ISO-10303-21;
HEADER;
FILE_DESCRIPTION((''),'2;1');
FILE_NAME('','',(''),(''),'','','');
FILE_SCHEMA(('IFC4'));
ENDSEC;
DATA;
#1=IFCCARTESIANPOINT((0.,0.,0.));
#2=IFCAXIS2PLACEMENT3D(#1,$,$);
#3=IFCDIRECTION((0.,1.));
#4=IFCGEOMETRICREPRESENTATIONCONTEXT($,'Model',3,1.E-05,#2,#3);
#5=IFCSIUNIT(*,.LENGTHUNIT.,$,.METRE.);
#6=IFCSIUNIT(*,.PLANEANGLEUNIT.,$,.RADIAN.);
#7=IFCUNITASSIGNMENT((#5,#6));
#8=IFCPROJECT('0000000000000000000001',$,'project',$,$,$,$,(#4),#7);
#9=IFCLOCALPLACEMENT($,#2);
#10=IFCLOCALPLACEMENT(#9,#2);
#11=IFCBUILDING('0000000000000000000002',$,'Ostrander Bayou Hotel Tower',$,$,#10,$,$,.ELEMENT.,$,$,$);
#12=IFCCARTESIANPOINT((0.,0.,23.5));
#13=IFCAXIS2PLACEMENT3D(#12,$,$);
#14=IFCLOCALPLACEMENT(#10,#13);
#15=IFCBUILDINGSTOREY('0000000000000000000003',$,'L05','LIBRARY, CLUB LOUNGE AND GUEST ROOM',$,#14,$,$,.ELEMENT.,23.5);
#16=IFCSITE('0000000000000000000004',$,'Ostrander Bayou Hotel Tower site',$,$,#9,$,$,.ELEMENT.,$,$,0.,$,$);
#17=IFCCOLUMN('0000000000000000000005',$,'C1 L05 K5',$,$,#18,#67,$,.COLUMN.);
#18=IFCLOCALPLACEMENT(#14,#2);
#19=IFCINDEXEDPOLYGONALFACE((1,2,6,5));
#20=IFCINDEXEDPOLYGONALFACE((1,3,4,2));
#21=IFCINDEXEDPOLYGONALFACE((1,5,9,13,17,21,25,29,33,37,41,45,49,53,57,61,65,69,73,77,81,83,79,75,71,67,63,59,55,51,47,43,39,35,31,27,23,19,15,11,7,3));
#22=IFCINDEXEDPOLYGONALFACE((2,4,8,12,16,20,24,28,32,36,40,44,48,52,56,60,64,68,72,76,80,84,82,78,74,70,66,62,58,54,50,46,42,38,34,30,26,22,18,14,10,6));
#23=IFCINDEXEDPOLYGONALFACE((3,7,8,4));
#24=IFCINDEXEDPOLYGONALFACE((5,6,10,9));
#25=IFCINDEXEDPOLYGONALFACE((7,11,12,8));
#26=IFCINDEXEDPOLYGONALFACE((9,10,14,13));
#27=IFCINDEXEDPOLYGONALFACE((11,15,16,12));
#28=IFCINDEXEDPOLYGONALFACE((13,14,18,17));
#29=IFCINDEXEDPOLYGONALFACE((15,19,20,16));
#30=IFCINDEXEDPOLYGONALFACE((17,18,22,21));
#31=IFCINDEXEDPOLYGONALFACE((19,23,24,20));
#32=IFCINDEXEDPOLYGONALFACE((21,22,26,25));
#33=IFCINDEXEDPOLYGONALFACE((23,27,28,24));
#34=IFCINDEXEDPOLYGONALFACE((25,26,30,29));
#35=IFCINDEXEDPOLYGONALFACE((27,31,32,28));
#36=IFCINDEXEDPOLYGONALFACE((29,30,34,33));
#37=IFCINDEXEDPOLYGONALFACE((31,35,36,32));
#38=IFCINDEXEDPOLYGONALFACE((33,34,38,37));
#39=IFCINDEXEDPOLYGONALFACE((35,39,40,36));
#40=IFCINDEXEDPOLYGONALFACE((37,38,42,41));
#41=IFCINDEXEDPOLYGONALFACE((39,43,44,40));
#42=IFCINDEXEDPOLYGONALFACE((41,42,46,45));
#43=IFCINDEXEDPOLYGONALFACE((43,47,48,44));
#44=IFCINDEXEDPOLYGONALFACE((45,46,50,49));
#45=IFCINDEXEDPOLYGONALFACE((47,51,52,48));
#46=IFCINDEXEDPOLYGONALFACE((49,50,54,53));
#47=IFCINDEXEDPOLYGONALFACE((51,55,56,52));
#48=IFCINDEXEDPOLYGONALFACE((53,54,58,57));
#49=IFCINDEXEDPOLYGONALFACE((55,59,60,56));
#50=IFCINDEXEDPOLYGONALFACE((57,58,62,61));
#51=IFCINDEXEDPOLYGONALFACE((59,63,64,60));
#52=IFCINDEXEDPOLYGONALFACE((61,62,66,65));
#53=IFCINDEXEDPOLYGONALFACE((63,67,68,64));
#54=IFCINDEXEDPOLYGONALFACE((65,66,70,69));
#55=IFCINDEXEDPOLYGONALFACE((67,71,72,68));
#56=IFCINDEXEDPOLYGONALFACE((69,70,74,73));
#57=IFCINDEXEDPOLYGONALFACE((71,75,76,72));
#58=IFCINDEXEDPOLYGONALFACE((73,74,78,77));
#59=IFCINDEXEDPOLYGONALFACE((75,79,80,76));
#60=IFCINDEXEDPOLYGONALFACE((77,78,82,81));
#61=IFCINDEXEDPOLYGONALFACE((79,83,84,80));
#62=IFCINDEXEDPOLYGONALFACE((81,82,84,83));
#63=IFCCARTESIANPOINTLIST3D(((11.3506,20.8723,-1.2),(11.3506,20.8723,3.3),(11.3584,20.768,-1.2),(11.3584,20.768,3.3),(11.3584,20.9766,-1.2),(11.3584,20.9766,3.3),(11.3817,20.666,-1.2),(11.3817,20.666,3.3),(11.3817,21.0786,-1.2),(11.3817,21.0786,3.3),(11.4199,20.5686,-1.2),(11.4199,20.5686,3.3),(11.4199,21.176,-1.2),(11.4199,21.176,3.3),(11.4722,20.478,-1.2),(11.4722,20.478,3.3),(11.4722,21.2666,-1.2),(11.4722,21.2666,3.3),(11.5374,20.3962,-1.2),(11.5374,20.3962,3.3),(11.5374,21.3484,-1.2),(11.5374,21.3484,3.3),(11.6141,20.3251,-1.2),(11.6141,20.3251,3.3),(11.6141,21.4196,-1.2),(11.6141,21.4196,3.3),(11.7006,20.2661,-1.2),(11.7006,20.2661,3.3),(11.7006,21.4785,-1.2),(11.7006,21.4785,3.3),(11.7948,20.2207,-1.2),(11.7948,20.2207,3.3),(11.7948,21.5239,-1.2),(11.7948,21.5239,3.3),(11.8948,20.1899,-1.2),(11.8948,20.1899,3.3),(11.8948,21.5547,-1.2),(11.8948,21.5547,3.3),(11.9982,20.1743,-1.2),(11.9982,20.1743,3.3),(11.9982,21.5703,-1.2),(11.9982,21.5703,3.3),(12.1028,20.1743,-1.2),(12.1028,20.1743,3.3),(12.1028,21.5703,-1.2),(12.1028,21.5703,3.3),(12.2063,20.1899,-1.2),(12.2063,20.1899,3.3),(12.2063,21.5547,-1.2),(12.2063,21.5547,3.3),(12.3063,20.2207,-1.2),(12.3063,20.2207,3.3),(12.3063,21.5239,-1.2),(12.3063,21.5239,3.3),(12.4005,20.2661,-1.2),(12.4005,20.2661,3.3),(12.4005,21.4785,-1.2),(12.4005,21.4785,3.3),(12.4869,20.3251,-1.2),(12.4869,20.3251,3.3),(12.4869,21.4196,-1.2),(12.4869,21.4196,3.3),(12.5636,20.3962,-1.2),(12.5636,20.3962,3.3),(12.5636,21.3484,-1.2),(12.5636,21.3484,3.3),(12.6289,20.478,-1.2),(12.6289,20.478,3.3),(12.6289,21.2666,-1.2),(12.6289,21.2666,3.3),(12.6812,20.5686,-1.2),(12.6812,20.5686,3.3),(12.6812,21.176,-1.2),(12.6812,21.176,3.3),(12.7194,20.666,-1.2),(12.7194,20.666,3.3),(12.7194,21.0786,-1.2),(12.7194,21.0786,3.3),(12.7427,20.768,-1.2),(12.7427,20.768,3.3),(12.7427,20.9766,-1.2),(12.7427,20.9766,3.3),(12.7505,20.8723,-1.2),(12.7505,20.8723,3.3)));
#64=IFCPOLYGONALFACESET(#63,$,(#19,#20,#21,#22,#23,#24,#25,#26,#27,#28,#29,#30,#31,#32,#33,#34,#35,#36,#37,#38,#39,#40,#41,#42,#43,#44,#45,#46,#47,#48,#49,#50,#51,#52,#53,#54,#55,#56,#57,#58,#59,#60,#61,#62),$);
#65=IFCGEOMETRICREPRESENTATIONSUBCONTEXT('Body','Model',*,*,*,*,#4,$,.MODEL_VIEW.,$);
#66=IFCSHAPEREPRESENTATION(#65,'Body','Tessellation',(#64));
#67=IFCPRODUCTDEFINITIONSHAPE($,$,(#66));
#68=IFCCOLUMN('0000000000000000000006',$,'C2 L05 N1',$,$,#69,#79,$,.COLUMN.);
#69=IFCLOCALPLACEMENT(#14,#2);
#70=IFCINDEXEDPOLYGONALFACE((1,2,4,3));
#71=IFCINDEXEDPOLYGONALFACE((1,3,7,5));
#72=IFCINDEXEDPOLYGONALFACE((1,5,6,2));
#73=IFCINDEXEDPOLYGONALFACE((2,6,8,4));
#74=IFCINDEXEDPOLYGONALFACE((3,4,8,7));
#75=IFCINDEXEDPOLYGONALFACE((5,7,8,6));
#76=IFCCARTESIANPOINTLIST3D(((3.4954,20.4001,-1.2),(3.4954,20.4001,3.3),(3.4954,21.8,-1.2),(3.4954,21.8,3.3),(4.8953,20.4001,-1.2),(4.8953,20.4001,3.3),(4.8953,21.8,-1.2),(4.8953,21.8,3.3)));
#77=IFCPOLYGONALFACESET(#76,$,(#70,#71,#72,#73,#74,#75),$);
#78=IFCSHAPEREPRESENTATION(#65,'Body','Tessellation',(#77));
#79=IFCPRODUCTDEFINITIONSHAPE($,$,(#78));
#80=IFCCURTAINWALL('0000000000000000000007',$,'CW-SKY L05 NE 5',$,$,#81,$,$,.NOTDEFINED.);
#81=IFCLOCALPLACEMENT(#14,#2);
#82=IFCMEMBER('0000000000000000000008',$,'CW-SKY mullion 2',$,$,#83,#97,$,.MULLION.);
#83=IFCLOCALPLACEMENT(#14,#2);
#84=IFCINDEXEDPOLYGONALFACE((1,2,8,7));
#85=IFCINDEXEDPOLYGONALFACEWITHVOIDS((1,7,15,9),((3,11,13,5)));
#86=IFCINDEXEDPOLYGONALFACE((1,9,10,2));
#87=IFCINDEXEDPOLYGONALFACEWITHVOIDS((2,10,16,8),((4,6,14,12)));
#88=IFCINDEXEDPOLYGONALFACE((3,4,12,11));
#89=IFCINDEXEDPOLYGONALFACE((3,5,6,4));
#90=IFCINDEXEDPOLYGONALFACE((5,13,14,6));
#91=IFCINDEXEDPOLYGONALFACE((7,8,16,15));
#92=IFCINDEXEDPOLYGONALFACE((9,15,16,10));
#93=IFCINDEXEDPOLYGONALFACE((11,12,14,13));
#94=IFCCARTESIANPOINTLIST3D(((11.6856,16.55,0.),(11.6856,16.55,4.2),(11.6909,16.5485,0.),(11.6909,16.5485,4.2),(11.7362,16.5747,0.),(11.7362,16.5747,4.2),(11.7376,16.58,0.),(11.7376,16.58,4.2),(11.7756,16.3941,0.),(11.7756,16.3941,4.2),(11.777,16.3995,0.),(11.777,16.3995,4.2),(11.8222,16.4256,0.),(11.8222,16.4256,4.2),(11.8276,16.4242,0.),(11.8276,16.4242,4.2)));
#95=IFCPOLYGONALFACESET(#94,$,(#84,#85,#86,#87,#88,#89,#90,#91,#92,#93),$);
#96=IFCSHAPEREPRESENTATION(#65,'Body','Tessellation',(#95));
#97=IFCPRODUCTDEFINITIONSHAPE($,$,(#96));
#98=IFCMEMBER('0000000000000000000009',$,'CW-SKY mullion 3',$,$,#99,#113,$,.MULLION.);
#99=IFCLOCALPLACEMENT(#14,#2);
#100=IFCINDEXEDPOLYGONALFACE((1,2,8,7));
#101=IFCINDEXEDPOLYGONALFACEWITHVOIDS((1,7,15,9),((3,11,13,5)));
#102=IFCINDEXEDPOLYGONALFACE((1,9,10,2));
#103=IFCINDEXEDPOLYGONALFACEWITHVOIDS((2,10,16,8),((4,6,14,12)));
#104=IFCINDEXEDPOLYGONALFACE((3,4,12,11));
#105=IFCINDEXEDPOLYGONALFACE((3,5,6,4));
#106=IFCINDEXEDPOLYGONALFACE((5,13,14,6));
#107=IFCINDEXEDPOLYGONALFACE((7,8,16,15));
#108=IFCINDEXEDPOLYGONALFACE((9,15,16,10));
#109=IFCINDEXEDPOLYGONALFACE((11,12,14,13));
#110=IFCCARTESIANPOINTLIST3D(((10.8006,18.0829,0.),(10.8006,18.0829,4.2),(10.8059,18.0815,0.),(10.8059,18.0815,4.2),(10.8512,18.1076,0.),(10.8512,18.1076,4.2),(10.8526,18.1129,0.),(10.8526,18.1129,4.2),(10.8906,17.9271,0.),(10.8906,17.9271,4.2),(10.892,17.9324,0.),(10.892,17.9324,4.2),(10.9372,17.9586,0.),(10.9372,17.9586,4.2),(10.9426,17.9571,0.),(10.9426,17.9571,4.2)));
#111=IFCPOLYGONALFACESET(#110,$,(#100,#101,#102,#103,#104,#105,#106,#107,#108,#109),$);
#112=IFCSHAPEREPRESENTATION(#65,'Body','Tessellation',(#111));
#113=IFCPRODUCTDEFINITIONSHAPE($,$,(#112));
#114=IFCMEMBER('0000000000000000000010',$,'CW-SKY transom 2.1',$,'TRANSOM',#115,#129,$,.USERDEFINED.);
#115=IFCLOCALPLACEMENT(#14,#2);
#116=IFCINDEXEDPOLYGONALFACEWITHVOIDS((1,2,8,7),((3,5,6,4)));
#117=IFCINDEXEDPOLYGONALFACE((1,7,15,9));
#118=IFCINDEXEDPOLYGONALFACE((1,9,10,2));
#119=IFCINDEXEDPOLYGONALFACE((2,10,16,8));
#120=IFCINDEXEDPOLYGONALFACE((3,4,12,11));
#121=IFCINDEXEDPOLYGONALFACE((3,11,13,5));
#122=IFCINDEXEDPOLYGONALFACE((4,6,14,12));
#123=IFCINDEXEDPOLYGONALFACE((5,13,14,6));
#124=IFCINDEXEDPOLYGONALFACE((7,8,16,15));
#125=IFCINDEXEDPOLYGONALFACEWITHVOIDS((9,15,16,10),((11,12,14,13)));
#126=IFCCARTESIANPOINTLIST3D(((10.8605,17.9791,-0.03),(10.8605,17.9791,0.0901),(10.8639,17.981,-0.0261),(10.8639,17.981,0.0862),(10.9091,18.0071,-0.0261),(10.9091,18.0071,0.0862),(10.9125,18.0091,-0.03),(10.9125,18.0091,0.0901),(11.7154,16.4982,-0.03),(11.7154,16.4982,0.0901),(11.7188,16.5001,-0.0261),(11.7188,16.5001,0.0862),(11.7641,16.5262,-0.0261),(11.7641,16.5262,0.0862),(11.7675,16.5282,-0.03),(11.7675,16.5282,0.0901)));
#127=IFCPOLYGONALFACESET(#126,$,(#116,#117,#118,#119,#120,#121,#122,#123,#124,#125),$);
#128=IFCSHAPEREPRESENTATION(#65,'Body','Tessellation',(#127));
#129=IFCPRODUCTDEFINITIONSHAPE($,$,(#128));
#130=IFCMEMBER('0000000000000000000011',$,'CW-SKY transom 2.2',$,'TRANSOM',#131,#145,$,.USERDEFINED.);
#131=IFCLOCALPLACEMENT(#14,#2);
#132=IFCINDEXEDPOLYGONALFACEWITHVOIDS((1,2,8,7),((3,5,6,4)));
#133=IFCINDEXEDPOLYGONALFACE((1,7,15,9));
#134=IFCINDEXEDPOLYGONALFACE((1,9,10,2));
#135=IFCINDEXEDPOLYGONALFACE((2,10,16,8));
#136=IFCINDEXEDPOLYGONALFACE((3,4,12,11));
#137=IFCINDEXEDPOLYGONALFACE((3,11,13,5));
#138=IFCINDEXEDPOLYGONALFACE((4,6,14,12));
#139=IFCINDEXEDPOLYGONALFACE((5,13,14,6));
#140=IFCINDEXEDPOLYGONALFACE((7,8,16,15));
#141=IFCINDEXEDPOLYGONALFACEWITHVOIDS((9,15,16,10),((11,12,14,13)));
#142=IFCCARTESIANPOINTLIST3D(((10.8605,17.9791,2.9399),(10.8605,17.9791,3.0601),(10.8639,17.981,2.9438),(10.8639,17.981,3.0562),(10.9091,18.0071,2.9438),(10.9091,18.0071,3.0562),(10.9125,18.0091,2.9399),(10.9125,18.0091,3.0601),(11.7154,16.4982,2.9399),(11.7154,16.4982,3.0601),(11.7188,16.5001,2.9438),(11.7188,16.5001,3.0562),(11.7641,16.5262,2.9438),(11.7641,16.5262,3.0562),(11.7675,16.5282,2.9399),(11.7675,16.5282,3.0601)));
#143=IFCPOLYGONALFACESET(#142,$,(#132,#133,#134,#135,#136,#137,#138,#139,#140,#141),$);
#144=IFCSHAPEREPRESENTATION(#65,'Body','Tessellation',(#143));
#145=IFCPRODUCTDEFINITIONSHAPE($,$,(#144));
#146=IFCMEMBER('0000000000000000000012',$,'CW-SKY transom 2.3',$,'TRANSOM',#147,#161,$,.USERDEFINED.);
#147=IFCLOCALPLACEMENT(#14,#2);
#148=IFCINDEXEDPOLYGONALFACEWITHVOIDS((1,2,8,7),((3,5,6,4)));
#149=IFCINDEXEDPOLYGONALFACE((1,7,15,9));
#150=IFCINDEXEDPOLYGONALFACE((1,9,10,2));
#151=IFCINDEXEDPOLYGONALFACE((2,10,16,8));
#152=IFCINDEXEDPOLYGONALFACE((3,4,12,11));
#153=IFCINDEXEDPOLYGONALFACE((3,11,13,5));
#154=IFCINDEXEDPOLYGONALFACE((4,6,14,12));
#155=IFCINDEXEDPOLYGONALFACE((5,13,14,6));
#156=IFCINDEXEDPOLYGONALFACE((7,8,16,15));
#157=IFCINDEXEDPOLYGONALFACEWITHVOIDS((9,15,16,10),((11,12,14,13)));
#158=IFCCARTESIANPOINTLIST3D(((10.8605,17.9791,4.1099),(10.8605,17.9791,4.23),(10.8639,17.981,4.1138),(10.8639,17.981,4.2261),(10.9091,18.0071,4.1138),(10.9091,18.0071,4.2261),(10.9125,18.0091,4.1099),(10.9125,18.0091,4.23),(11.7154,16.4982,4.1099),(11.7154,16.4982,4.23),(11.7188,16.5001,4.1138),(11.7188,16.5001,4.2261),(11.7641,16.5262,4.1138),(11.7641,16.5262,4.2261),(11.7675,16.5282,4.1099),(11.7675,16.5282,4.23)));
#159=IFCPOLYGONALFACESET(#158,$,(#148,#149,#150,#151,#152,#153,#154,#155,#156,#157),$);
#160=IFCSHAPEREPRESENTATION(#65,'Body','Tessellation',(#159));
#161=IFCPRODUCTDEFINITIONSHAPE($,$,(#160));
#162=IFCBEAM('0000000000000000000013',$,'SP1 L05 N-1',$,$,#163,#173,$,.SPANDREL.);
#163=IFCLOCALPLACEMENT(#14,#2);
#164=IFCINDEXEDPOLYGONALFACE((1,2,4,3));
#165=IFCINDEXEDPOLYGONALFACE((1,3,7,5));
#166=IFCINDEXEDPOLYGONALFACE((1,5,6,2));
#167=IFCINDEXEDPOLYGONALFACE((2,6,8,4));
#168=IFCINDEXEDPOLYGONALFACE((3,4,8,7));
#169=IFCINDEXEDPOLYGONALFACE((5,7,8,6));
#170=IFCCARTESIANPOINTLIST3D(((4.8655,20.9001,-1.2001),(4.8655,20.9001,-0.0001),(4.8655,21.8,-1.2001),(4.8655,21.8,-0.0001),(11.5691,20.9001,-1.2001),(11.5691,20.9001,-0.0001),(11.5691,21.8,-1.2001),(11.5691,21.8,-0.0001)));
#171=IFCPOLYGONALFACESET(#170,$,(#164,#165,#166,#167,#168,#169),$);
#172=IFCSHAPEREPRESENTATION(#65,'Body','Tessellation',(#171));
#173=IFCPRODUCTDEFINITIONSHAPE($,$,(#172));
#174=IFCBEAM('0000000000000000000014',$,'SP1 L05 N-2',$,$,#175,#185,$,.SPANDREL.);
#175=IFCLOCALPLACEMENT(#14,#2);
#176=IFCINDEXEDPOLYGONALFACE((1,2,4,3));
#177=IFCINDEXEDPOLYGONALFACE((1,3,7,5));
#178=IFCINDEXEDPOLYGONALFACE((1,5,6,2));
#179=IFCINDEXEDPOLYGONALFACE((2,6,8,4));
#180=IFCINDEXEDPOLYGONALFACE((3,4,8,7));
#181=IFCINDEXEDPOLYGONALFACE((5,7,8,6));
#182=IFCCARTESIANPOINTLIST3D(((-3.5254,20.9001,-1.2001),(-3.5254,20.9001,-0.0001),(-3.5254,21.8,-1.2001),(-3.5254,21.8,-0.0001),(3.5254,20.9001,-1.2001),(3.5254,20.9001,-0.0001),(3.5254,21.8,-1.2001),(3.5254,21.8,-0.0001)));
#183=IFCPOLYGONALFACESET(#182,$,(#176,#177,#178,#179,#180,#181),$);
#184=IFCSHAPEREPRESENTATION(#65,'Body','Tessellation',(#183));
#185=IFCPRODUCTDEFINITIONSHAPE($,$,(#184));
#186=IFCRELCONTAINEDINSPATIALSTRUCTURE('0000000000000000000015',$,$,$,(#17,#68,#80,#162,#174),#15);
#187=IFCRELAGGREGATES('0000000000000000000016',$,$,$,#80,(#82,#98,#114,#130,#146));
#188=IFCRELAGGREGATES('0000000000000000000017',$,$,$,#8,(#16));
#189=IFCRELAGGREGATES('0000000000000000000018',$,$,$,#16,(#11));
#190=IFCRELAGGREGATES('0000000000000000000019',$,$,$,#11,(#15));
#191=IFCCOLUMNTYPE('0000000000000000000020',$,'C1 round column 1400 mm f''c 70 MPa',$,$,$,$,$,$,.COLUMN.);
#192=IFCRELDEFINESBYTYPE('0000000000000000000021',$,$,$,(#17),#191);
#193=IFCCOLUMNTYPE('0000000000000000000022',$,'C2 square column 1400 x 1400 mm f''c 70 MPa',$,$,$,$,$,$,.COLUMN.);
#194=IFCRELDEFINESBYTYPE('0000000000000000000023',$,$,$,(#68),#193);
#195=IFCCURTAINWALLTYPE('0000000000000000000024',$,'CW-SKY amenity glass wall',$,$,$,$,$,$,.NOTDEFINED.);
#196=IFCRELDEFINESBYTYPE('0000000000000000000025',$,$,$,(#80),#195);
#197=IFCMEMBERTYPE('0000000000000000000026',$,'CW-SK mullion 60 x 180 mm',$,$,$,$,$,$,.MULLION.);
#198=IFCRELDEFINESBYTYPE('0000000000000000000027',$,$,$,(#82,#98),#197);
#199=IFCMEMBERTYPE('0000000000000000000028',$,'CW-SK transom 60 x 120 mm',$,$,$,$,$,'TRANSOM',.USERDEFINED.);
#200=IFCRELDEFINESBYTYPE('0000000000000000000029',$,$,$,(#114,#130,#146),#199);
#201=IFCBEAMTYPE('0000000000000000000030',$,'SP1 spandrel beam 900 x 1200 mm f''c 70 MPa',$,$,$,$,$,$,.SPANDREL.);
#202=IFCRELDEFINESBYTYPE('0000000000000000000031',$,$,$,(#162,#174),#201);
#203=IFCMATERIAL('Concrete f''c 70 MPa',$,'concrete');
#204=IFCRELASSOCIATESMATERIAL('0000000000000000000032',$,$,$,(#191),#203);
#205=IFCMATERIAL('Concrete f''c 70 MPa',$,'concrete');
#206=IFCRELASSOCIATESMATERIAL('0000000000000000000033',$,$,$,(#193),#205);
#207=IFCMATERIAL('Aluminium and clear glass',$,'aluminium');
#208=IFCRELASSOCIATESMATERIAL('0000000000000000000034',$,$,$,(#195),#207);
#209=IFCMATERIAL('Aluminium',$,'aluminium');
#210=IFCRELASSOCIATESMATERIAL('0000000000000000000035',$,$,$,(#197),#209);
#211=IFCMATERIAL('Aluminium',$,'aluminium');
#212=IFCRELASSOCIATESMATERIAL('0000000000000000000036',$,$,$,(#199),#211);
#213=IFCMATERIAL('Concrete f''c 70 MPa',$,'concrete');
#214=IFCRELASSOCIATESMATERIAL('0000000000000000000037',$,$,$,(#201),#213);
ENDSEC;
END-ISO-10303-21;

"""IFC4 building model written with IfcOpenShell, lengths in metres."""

from ifc_helpers import new_model, si_unit, direction, frame, origin, origin_2d, place, context, subcontext, project, spatial, rectangle, hollow_rectangle, circle, extrude, material, material_profile, profile_set, type_object, element, aggregate, save


model = new_model("IFC4")

# Units and contexts
model_context = context("Model", 3, precision=1e-05, world=origin(), true_north=direction((0.0, 1.0)))
body_context = subcontext(model_context, "Body", "Model", "MODEL_VIEW")
ifc_project = project(units=[si_unit("LENGTHUNIT", "METRE"), si_unit("PLANEANGLEUNIT", "RADIAN")], contexts=[model_context])

# Site, building, storey
site_placement = place(None, origin())
site = spatial("IfcSite", under=ifc_project, at=site_placement, Name="Ostrander Bayou Hotel Tower site", CompositionType="ELEMENT", RefElevation=0.0)
building_placement = place(site_placement, origin())
building = spatial("IfcBuilding", under=site, at=building_placement, Name="Ostrander Bayou Hotel Tower", CompositionType="ELEMENT")
storey_placement = place(building_placement, frame((0.0, 0.0, 23.5)))
storey = spatial("IfcBuildingStorey", under=building, at=storey_placement, Name="L05", Description="LIBRARY, CLUB LOUNGE AND GUEST ROOM", CompositionType="ELEMENT", Elevation=23.5)

# Columns
ifc_material_1 = material(Name="Concrete f'c 70 MPa", Category="concrete")
ifc_material_profile_1 = material_profile(ifc_material_1, circle(Radius=0.7, at=origin_2d()))
ifc_profile_set_1 = profile_set([ifc_material_profile_1], Name="Concrete f'c 70 MPa")
column_type_1 = type_object("IfcColumnType", Name="C1 round column 1400 mm f'c 70 MPa", PredefinedType="COLUMN", material=ifc_profile_set_1)
column_1_placement = place(storey_placement, frame((12.0505, 20.8723, -1.2), z_axis=(0.0, 0.0, 1.0), x_axis=(1.0, 0.0, 0.0)))
element("IfcColumn", 1, at=column_1_placement, inside=storey, type_object=column_type_1, Name="C1 L05 K5", PredefinedType="COLUMN", context=body_context, shape_type="SweptSolid", body=[
    extrude(circle(Radius=0.7, at=origin_2d()), origin(), (0.0, 0.0, 1.0), 4.5),
])
ifc_material_2 = material(Name="Concrete f'c 70 MPa", Category="concrete")
ifc_material_profile_2 = material_profile(ifc_material_2, rectangle(XDim=1.3999, YDim=1.3999, at=origin_2d()))
ifc_profile_set_2 = profile_set([ifc_material_profile_2], Name="Concrete f'c 70 MPa")
column_type_2 = type_object("IfcColumnType", Name="C2 square column 1400 x 1400 mm f'c 70 MPa", PredefinedType="COLUMN", material=ifc_profile_set_2)
column_2_placement = place(storey_placement, frame((4.1953, 21.1001, -1.2), z_axis=(0.0, 0.0, 1.0), x_axis=(1.0, 0.0, 0.0)))
element("IfcColumn", 2, at=column_2_placement, inside=storey, type_object=column_type_2, Name="C2 L05 N1", PredefinedType="COLUMN", context=body_context, shape_type="SweptSolid", body=[
    extrude(rectangle(XDim=1.3999, YDim=1.3999, at=origin_2d()), origin(), (0.0, 0.0, 1.0), 4.5),
])

# Curtain wall, members
ifc_material_3 = material(Name="Aluminium and clear glass", Category="aluminium")
curtain_wall_type = type_object("IfcCurtainWallType", Name="CW-SKY amenity glass wall", PredefinedType="NOTDEFINED", material=ifc_material_3)
curtain_wall_placement = place(storey_placement, origin())
curtain_wall = element("IfcCurtainWall", 3, at=curtain_wall_placement, inside=storey, type_object=curtain_wall_type, Name="CW-SKY L05 NE 5", PredefinedType="NOTDEFINED")
ifc_material_4 = material(Name="Aluminium", Category="aluminium")
ifc_material_profile_3 = material_profile(ifc_material_4, hollow_rectangle(XDim=0.0601, YDim=0.1799, WallThickness=0.0039, at=origin_2d()))
ifc_profile_set_3 = profile_set([ifc_material_profile_3], Name="Aluminium")
member_type_1 = type_object("IfcMemberType", Name="CW-SK mullion 60 x 180 mm", PredefinedType="MULLION", material=ifc_profile_set_3)
member_1_placement = place(storey_placement, frame((11.7566, 16.4871, 0.0), z_axis=(0.0, 0.0, 1.0), x_axis=(-0.866026, -0.499999, 0.0)))
member_1 = element("IfcMember", 4, at=member_1_placement, type_object=member_type_1, Name="CW-SKY mullion 2", PredefinedType="MULLION", context=body_context, shape_type="SweptSolid", body=[
    extrude(hollow_rectangle(XDim=0.0601, YDim=0.1799, WallThickness=0.0039, at=origin_2d()), origin(), (0.0, 0.0, 1.0), 4.2),
])
member_2_placement = place(storey_placement, frame((10.8716, 18.02, 0.0), z_axis=(0.0, 0.0, 1.0), x_axis=(-0.866026, -0.499999, 0.0)))
member_2 = element("IfcMember", 5, at=member_2_placement, type_object=member_type_1, Name="CW-SKY mullion 3", PredefinedType="MULLION", context=body_context, shape_type="SweptSolid", body=[
    extrude(hollow_rectangle(XDim=0.0601, YDim=0.1799, WallThickness=0.0039, at=origin_2d()), origin(), (0.0, 0.0, 1.0), 4.2),
])
ifc_material_5 = material(Name="Aluminium", Category="aluminium")
ifc_material_profile_4 = material_profile(ifc_material_5, hollow_rectangle(XDim=0.0601, YDim=0.1201, WallThickness=0.0039, at=origin_2d()))
ifc_profile_set_4 = profile_set([ifc_material_profile_4], Name="Aluminium")
member_type_2 = type_object("IfcMemberType", Name="CW-SK transom 60 x 120 mm", ElementType="TRANSOM", PredefinedType="USERDEFINED", material=ifc_profile_set_4)
member_3_placement = place(storey_placement, frame((11.7415, 16.5132, 0.03), z_axis=(-0.499978, 0.866038, 0.0), x_axis=(-0.866038, -0.499978, 0.0)))
member_3 = element("IfcMember", 6, at=member_3_placement, type_object=member_type_2, Name="CW-SKY transom 2.1", ObjectType="TRANSOM", PredefinedType="USERDEFINED", context=body_context, shape_type="SweptSolid", body=[
    extrude(hollow_rectangle(XDim=0.0601, YDim=0.1201, WallThickness=0.0039, at=origin_2d()), origin(), (0.0, 0.0, 1.0), 1.71),
])
member_4_placement = place(storey_placement, frame((11.7415, 16.5132, 3.0), z_axis=(-0.499978, 0.866038, 0.0), x_axis=(-0.866038, -0.499978, 0.0)))
member_4 = element("IfcMember", 7, at=member_4_placement, type_object=member_type_2, Name="CW-SKY transom 2.2", ObjectType="TRANSOM", PredefinedType="USERDEFINED", context=body_context, shape_type="SweptSolid", body=[
    extrude(hollow_rectangle(XDim=0.0601, YDim=0.1201, WallThickness=0.0039, at=origin_2d()), origin(), (0.0, 0.0, 1.0), 1.71),
])
member_5_placement = place(storey_placement, frame((11.7415, 16.5132, 4.1699), z_axis=(-0.499978, 0.866038, 0.0), x_axis=(-0.866038, -0.499978, 0.0)))
member_5 = element("IfcMember", 8, at=member_5_placement, type_object=member_type_2, Name="CW-SKY transom 2.3", ObjectType="TRANSOM", PredefinedType="USERDEFINED", context=body_context, shape_type="SweptSolid", body=[
    extrude(hollow_rectangle(XDim=0.0601, YDim=0.1201, WallThickness=0.0039, at=origin_2d()), origin(), (0.0, 0.0, 1.0), 1.71),
])

# Beams
ifc_material_6 = material(Name="Concrete f'c 70 MPa", Category="concrete")
ifc_material_profile_5 = material_profile(ifc_material_6, rectangle(XDim=0.8999, YDim=1.2, at=origin_2d()))
ifc_profile_set_5 = profile_set([ifc_material_profile_5], Name="Concrete f'c 70 MPa")
beam_type = type_object("IfcBeamType", Name="SP1 spandrel beam 900 x 1200 mm f'c 70 MPa", PredefinedType="SPANDREL", material=ifc_profile_set_5)
beam_1_placement = place(storey_placement, frame((11.5691, 21.3501, -0.6001), z_axis=(-1.0, 0.0, 0.0), x_axis=(0.0, -1.0, 0.0)))
element("IfcBeam", 9, at=beam_1_placement, inside=storey, type_object=beam_type, Name="SP1 L05 N-1", PredefinedType="SPANDREL", context=body_context, shape_type="SweptSolid", body=[
    extrude(rectangle(XDim=0.8999, YDim=1.2, at=origin_2d()), origin(), (0.0, 0.0, 1.0), 6.7036),
])
beam_2_placement = place(storey_placement, frame((3.5254, 21.3501, -0.6001), z_axis=(-1.0, 0.0, 0.0), x_axis=(0.0, -1.0, 0.0)))
element("IfcBeam", 10, at=beam_2_placement, inside=storey, type_object=beam_type, Name="SP1 L05 N-2", PredefinedType="SPANDREL", context=body_context, shape_type="SweptSolid", body=[
    extrude(rectangle(XDim=0.8999, YDim=1.2, at=origin_2d()), origin(), (0.0, 0.0, 1.0), 7.0508),
])

aggregate(curtain_wall, [member_1, member_2, member_3, member_4, member_5])

save(model, "model.ifc")
